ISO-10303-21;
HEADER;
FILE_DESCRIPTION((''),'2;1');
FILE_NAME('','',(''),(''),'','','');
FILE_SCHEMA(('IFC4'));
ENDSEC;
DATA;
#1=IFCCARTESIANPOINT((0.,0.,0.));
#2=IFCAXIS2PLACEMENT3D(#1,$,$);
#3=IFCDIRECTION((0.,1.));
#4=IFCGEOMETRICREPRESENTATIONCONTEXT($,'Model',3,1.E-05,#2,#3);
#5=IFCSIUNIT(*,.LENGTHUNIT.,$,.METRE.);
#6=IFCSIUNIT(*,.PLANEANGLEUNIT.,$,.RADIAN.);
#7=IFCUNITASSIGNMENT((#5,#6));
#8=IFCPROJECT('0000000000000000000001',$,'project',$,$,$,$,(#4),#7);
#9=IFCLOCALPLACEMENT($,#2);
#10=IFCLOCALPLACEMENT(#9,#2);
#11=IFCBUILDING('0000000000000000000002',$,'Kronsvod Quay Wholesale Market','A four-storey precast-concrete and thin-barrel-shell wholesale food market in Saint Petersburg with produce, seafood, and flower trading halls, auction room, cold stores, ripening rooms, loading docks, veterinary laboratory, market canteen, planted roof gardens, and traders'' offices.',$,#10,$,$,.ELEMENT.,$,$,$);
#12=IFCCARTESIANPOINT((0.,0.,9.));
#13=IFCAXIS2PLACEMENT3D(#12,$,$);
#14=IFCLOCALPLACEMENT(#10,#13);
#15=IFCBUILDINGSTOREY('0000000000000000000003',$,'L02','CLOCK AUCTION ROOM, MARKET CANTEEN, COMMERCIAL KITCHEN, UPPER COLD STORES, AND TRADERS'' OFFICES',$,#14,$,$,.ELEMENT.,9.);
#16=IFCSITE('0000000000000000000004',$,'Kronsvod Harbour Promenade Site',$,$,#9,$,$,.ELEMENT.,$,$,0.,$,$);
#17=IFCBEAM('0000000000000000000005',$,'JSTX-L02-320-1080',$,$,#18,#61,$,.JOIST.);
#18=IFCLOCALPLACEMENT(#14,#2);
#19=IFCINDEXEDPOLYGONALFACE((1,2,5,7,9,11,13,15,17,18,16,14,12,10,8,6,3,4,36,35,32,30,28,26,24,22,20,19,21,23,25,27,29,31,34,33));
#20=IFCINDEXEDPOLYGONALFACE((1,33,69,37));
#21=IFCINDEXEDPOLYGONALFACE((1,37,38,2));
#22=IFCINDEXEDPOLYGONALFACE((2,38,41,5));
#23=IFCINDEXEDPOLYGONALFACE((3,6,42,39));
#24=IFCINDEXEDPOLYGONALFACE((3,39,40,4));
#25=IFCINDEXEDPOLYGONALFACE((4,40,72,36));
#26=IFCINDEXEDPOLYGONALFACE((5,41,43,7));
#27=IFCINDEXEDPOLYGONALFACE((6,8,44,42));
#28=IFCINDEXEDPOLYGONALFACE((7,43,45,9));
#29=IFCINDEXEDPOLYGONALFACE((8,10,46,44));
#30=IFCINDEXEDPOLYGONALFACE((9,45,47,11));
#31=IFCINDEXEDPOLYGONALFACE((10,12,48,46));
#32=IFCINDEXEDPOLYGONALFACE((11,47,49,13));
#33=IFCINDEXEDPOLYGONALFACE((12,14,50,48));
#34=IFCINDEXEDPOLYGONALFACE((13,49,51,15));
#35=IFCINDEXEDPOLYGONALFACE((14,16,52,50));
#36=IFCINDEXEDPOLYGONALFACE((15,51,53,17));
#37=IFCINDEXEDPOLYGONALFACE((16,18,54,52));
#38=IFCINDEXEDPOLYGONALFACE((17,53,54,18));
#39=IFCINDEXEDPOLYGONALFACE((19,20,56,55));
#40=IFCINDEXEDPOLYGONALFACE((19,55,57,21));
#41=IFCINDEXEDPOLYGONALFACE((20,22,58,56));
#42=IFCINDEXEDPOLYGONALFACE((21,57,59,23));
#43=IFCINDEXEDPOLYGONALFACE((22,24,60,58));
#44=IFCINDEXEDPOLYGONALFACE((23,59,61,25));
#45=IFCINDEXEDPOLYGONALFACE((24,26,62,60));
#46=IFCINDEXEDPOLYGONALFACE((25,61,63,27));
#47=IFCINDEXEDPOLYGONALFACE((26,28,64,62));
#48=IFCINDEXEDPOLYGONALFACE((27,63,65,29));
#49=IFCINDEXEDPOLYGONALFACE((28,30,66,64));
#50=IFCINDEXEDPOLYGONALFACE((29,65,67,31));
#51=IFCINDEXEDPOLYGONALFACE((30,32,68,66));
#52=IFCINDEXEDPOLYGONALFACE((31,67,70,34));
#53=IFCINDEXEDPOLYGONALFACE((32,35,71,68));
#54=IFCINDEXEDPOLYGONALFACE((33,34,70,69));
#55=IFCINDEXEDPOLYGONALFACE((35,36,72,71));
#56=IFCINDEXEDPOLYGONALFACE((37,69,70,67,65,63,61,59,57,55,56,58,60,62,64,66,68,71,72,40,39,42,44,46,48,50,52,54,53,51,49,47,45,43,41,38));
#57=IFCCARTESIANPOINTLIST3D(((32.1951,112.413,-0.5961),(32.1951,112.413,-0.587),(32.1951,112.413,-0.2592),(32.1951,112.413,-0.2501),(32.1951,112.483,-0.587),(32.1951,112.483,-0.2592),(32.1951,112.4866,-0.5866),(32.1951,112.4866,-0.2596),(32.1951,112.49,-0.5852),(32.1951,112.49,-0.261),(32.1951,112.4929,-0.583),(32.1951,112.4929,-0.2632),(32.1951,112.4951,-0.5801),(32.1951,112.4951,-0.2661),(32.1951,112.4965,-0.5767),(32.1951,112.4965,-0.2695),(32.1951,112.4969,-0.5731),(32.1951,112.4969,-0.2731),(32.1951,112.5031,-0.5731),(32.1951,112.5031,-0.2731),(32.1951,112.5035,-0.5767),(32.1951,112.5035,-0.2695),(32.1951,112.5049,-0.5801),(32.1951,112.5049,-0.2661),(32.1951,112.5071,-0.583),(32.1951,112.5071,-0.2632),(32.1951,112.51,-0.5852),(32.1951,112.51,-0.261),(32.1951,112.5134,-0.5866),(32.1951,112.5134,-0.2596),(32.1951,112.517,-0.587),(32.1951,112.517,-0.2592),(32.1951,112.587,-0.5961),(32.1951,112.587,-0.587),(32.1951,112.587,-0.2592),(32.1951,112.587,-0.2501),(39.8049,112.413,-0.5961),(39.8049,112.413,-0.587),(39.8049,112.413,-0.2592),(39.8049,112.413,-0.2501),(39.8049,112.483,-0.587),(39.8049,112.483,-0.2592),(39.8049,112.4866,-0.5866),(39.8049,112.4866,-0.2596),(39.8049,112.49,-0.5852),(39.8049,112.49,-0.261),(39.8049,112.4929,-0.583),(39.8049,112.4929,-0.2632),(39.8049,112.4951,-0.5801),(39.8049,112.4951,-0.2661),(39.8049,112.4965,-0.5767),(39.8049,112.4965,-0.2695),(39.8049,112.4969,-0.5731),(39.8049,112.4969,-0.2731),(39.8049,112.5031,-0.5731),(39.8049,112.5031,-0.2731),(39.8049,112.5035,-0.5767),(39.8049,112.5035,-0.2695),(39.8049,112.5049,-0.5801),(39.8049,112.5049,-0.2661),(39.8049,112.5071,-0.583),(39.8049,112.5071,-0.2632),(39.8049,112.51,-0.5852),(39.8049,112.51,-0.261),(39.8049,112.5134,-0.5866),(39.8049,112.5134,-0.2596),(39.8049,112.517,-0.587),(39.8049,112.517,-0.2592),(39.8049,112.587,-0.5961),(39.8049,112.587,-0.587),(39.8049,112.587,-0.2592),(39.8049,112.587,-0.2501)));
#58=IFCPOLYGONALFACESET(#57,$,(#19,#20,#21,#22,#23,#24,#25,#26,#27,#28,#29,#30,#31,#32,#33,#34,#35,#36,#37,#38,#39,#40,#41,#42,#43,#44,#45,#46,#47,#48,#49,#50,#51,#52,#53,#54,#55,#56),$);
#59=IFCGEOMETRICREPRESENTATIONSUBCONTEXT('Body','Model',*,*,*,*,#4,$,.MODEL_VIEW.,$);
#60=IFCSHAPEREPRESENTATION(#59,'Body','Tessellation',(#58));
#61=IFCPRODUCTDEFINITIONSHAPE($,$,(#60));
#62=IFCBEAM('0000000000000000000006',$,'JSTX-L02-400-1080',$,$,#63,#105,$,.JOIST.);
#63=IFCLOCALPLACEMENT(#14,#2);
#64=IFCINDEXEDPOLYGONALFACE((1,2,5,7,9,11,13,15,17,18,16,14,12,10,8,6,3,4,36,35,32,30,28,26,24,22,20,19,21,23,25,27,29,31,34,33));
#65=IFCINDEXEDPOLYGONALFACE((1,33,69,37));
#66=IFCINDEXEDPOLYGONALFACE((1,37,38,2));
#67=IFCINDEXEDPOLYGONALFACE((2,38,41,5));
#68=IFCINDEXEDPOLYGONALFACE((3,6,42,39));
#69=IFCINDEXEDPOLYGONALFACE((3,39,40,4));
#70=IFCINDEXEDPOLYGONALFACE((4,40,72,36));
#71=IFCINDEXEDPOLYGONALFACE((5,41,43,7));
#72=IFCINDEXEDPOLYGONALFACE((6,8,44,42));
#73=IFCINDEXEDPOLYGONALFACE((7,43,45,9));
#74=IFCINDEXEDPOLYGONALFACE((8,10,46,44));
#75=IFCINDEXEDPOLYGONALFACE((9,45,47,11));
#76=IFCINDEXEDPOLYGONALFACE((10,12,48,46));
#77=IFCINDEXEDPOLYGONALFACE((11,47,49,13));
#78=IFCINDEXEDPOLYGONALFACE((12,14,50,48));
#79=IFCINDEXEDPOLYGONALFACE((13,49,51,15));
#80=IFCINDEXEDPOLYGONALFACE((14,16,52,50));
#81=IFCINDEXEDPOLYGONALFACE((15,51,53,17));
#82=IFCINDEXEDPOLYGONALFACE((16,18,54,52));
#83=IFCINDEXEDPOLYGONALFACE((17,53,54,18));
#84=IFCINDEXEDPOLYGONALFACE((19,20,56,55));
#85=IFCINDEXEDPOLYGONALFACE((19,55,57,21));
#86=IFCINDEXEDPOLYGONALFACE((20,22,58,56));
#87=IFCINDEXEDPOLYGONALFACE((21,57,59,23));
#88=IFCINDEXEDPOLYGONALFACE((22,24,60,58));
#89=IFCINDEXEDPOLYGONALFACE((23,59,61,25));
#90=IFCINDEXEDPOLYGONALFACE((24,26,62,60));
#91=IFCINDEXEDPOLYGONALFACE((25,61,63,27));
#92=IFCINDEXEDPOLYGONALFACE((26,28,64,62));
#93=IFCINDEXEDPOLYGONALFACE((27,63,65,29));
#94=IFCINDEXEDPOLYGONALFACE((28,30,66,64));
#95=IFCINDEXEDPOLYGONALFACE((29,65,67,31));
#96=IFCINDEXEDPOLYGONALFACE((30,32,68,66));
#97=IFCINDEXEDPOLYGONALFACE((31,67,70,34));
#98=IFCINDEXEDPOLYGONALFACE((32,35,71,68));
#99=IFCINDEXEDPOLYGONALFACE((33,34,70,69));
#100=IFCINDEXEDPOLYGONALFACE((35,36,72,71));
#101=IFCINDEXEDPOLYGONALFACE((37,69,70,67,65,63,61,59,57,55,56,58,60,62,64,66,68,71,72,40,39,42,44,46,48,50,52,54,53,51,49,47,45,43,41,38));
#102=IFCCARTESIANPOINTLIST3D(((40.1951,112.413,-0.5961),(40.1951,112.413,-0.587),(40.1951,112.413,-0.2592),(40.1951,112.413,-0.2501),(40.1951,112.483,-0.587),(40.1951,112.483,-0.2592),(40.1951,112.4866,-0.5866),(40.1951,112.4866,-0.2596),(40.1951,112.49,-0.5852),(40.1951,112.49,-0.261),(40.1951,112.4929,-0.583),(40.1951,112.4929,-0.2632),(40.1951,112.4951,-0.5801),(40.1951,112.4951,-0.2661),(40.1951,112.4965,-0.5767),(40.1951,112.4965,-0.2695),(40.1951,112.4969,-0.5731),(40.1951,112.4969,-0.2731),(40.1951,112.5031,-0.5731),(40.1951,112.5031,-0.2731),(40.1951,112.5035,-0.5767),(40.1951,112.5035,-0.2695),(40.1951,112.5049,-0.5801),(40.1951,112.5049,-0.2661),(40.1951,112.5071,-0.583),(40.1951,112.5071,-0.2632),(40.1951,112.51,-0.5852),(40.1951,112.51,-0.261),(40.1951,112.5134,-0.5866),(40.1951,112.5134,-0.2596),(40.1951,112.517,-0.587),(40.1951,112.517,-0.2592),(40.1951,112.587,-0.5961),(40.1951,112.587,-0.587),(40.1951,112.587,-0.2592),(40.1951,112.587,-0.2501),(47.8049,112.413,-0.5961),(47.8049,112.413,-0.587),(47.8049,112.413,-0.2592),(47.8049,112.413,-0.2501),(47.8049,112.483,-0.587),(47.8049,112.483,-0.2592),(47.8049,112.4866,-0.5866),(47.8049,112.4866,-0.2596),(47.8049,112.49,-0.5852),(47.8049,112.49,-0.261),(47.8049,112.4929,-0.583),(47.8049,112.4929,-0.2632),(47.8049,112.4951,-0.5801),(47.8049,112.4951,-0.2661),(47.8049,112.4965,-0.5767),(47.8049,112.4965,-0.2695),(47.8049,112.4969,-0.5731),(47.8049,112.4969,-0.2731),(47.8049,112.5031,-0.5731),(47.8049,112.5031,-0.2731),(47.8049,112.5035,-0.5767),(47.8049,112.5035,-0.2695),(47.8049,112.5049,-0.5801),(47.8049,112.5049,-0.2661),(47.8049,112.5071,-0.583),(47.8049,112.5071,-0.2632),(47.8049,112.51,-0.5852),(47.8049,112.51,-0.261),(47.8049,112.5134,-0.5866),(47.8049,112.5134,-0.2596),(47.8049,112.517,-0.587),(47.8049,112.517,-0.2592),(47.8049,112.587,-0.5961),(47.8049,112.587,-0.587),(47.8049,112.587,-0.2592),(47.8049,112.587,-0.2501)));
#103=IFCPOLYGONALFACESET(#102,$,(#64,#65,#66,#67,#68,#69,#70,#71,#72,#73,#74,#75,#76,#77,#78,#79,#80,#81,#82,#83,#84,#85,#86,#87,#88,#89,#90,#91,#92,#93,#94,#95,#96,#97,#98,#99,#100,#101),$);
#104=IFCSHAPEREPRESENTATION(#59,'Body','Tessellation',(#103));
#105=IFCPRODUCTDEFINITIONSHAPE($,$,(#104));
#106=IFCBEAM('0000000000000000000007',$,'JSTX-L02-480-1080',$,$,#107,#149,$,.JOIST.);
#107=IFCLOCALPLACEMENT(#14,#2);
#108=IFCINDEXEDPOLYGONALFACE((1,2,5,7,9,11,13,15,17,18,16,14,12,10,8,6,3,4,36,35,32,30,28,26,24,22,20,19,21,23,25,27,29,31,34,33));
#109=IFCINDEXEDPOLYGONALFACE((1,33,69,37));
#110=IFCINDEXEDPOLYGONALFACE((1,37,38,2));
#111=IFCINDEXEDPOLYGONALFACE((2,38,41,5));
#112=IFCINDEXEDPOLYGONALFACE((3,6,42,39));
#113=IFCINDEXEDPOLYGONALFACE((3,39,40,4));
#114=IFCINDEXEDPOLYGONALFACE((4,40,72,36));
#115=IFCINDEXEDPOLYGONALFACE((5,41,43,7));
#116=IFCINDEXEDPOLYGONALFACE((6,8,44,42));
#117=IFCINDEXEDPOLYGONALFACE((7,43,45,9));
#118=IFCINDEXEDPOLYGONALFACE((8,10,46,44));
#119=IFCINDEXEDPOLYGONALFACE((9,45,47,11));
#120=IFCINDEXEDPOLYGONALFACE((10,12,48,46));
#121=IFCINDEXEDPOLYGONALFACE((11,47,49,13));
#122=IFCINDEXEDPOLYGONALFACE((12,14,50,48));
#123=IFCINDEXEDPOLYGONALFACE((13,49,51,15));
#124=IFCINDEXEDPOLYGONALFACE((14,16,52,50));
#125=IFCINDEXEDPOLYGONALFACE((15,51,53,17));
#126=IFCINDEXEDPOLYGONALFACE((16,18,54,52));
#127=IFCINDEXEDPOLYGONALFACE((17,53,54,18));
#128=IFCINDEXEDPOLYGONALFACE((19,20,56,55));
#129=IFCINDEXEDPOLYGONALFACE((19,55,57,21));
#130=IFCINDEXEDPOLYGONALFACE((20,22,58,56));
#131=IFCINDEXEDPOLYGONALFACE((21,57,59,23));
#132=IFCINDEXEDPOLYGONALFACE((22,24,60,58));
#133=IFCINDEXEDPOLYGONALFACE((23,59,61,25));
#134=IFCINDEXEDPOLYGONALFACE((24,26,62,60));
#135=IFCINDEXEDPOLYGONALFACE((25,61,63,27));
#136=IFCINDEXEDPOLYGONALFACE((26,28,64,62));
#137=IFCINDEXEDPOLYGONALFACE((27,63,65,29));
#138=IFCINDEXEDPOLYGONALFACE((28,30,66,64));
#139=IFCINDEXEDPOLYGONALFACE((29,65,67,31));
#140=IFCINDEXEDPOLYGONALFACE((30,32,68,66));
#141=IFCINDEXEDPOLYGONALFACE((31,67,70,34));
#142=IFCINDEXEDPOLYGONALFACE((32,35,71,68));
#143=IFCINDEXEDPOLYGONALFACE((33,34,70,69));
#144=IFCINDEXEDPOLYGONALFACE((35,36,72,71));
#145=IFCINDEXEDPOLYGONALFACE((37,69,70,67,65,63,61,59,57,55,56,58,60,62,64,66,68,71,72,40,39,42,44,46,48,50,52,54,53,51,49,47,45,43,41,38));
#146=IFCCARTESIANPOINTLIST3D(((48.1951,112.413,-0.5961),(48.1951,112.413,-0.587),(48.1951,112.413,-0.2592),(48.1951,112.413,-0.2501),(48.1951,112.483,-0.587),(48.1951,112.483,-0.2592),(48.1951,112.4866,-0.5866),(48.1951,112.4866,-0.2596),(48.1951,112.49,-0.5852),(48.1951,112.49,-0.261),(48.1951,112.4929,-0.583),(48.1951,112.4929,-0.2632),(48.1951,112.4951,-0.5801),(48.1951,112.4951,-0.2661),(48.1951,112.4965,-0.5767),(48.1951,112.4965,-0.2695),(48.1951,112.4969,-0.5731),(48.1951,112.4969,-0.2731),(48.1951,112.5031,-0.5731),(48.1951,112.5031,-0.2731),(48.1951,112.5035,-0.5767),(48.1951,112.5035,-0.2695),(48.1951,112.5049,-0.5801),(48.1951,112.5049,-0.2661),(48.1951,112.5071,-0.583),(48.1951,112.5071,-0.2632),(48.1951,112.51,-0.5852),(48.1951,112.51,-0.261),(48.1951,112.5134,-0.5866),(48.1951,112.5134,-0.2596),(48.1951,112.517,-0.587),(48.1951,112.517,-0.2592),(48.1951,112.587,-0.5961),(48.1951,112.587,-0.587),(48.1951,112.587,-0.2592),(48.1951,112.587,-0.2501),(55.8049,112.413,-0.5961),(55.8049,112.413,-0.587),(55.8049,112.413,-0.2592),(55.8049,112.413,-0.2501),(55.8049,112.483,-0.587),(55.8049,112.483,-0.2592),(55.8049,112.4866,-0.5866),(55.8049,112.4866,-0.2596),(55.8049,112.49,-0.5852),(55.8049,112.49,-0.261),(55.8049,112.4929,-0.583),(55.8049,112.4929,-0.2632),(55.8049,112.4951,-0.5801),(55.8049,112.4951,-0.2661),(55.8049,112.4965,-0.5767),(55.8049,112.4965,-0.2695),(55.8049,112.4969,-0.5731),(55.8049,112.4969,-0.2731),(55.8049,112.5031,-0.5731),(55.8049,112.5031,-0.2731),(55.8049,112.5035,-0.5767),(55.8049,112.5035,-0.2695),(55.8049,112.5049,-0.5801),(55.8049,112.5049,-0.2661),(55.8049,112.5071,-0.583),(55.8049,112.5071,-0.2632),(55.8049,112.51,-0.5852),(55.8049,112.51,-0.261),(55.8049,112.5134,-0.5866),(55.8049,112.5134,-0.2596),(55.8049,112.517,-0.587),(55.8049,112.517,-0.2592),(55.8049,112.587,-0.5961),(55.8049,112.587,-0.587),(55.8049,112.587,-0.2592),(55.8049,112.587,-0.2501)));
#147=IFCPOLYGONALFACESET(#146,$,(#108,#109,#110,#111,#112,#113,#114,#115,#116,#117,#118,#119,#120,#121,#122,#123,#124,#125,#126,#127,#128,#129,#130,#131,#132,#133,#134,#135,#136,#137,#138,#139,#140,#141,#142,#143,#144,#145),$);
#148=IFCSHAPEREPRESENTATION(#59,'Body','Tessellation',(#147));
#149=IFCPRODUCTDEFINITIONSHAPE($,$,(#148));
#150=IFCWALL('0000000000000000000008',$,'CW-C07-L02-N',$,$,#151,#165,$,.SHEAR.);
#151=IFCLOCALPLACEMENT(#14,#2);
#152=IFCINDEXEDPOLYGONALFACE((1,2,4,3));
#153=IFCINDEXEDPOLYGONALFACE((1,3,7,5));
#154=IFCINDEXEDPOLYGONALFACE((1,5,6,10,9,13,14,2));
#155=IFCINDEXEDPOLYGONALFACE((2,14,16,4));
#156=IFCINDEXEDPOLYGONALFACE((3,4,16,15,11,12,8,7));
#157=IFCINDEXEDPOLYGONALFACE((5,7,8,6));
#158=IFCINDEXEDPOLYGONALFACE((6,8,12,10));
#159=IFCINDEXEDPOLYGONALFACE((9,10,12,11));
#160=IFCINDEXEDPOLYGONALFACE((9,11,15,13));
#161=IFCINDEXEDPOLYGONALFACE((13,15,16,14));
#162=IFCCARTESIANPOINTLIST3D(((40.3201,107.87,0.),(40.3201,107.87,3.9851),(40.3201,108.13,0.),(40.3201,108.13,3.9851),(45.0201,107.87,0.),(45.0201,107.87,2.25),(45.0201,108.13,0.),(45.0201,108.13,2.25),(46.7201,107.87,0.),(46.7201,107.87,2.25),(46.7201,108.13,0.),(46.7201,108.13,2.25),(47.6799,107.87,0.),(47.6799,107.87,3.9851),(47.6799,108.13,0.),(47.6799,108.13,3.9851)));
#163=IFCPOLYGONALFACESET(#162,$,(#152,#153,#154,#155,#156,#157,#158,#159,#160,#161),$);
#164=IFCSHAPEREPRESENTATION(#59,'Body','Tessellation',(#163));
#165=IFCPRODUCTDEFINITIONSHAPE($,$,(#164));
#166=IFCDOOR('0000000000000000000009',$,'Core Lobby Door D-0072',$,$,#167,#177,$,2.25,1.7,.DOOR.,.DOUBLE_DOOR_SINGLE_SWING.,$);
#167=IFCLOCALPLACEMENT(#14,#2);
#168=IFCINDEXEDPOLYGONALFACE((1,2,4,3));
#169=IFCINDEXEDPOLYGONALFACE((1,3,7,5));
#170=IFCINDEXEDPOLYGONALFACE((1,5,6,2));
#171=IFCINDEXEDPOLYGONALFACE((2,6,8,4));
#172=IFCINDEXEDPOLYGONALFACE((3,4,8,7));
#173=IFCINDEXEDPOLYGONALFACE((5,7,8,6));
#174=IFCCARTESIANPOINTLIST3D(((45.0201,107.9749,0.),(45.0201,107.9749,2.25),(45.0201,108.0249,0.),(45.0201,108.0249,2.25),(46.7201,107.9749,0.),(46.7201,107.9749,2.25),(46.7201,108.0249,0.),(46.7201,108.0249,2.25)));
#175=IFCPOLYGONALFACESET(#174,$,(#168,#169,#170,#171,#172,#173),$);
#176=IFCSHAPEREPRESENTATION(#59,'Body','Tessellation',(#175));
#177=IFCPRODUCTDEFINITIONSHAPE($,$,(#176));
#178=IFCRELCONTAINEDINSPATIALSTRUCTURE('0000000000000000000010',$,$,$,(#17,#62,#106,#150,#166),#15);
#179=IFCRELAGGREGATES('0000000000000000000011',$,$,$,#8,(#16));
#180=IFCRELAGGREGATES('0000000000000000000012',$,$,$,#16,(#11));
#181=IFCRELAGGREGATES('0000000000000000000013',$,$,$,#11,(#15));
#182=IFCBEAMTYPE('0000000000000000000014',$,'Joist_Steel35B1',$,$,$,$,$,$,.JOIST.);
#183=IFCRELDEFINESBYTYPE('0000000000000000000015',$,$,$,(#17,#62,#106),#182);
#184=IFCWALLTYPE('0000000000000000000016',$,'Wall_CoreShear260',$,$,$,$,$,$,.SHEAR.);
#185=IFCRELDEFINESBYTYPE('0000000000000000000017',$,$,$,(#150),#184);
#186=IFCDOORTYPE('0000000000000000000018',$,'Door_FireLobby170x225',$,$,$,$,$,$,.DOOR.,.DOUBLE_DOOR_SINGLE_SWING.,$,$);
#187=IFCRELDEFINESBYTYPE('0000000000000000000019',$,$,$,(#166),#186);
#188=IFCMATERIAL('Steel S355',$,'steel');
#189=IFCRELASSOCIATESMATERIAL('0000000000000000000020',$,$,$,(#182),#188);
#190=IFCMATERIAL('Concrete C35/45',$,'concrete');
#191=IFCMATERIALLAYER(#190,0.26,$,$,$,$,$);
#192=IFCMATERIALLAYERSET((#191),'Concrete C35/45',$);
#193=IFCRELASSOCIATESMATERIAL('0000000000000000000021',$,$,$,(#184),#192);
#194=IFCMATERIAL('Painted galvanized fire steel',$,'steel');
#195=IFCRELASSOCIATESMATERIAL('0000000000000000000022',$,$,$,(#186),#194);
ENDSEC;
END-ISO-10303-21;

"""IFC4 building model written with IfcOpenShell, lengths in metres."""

from ifc_helpers import new_model, si_unit, direction, frame, frame_2d, origin, origin_2d, place, context, subcontext, project, spatial, rectangle, i_section, extrude, material, layer, layer_set, material_profile, profile_set, type_object, element, fill, save


model = new_model("IFC4")

# Units and contexts
model_context = context("Model", 3, precision=1e-05, world=origin(), true_north=direction((0.0, 1.0)))
body_context = subcontext(model_context, "Body", "Model", "MODEL_VIEW")
ifc_project = project(units=[si_unit("LENGTHUNIT", "METRE"), si_unit("PLANEANGLEUNIT", "RADIAN")], contexts=[model_context])

# Site, building, storey
site_placement = place(None, origin())
site = spatial("IfcSite", under=ifc_project, at=site_placement, Name="Kronsvod Harbour Promenade Site", CompositionType="ELEMENT", RefElevation=0.0)
building_placement = place(site_placement, origin())
building = spatial("IfcBuilding", under=site, at=building_placement, Name="Kronsvod Quay Wholesale Market", Description="A four-storey precast-concrete and thin-barrel-shell wholesale food market in Saint Petersburg with produce, seafood, and flower trading halls, auction room, cold stores, ripening rooms, loading docks, veterinary laboratory, market canteen, planted roof gardens, and traders' offices.", CompositionType="ELEMENT")
storey_placement = place(building_placement, frame((0.0, 0.0, 9.0)))
storey = spatial("IfcBuildingStorey", under=building, at=storey_placement, Name="L02", Description="CLOCK AUCTION ROOM, MARKET CANTEEN, COMMERCIAL KITCHEN, UPPER COLD STORES, AND TRADERS' OFFICES", CompositionType="ELEMENT", Elevation=9.0)

# Beams
ifc_material_1 = material(Name="Steel S355", Category="steel")
ifc_material_profile_1 = material_profile(ifc_material_1, i_section(OverallWidth=0.1741, OverallDepth=0.3459, WebThickness=0.0061, FlangeThickness=0.009, FilletRadius=0.0139, at=origin_2d()), Name="35B1")
ifc_profile_set_1 = profile_set([ifc_material_profile_1], Name="Steel S355")
beam_type_1 = type_object("IfcBeamType", Name="Joist_Steel35B1", PredefinedType="JOIST", material=ifc_profile_set_1)
for number, where, z_axis, x_axis, name in (
    (1, (32.1951, 112.5, -0.4231), (1.0, 0.0, 0.0), (0.0, 1.0, 0.0), "JSTX-L02-320-1080"),
    (2, (40.1951, 112.5, -0.4231), (1.0, 0.0, 0.0), (0.0, 1.0, 0.0), "JSTX-L02-400-1080"),
    (3, (48.1951, 112.5, -0.4231), (1.0, 0.0, 0.0), (0.0, 1.0, 0.0), "JSTX-L02-480-1080"),
):
    element("IfcBeam", number, at=place(storey_placement, frame(where, z_axis=z_axis, x_axis=x_axis)), inside=storey, type_object=beam_type_1, Name=name, PredefinedType="JOIST", context=body_context, shape_type="SweptSolid", body=[
        extrude(i_section(OverallWidth=0.1741, OverallDepth=0.3459, WebThickness=0.0061, FlangeThickness=0.009, FilletRadius=0.0139, at=origin_2d()), origin(), (0.0, 0.0, 1.0), 7.6099),
    ])

# Wall, opening, door
ifc_material_2 = material(Name="Concrete C35/45", Category="concrete")
ifc_layer_1 = layer(ifc_material_2, 0.26)
ifc_layer_set_1 = layer_set([ifc_layer_1], Name="Concrete C35/45")
wall_type_1 = type_object("IfcWallType", Name="Wall_CoreShear260", PredefinedType="SHEAR", material=ifc_layer_set_1)
wall_1_placement = place(storey_placement, frame((40.3201, 108.0, 0.0), z_axis=(0.0, 0.0, 1.0), x_axis=(1.0, 0.0, 0.0)))
wall_1 = element("IfcWall", 4, at=wall_1_placement, inside=storey, type_object=wall_type_1, Name="CW-C07-L02-N", PredefinedType="SHEAR", context=body_context, shape_type="SweptSolid", body=[
    extrude(rectangle(XDim=7.3599, YDim=0.26, at=frame_2d((3.6799, 0.0))), origin(), (0.0, 0.0, 1.0), 3.9851),
])
opening_1_placement = place(wall_1_placement, frame((4.7, 0.0, 0.0)))
opening_1 = element("IfcOpeningElement", 5, at=opening_1_placement, cuts=wall_1, PredefinedType="OPENING", context=body_context, shape_type="SweptSolid", body=[
    extrude(rectangle(XDim=1.7, YDim=2.25, at=frame_2d((0.8501, 1.125))), frame((0.0, 0.1401, 0.0), z_axis=(0.0, -1.0, 0.0), x_axis=(1.0, 0.0, 0.0)), (0.0, 0.0, 1.0), 0.28),
])
ifc_material_3 = material(Name="Painted galvanized fire steel", Category="steel")
door_type_1 = type_object("IfcDoorType", Name="Door_FireLobby170x225", OperationType="DOUBLE_DOOR_SINGLE_SWING", PredefinedType="DOOR", material=ifc_material_3)
door_1_placement = place(opening_1_placement, origin())
door_1 = element("IfcDoor", 6, at=door_1_placement, inside=storey, type_object=door_type_1, Name="Core Lobby Door D-0072", OperationType="DOUBLE_DOOR_SINGLE_SWING", OverallHeight=2.25, OverallWidth=1.7, PredefinedType="DOOR", context=body_context, shape_type="SweptSolid", body=[
    extrude(rectangle(XDim=1.7, YDim=2.25, at=frame_2d((0.8501, 1.125))), frame((0.0, 0.0249, 0.0), z_axis=(0.0, -1.0, 0.0), x_axis=(1.0, 0.0, 0.0)), (0.0, 0.0, 1.0), 0.05),
])
fill(opening_1, door_1)

save(model, "model.ifc")
